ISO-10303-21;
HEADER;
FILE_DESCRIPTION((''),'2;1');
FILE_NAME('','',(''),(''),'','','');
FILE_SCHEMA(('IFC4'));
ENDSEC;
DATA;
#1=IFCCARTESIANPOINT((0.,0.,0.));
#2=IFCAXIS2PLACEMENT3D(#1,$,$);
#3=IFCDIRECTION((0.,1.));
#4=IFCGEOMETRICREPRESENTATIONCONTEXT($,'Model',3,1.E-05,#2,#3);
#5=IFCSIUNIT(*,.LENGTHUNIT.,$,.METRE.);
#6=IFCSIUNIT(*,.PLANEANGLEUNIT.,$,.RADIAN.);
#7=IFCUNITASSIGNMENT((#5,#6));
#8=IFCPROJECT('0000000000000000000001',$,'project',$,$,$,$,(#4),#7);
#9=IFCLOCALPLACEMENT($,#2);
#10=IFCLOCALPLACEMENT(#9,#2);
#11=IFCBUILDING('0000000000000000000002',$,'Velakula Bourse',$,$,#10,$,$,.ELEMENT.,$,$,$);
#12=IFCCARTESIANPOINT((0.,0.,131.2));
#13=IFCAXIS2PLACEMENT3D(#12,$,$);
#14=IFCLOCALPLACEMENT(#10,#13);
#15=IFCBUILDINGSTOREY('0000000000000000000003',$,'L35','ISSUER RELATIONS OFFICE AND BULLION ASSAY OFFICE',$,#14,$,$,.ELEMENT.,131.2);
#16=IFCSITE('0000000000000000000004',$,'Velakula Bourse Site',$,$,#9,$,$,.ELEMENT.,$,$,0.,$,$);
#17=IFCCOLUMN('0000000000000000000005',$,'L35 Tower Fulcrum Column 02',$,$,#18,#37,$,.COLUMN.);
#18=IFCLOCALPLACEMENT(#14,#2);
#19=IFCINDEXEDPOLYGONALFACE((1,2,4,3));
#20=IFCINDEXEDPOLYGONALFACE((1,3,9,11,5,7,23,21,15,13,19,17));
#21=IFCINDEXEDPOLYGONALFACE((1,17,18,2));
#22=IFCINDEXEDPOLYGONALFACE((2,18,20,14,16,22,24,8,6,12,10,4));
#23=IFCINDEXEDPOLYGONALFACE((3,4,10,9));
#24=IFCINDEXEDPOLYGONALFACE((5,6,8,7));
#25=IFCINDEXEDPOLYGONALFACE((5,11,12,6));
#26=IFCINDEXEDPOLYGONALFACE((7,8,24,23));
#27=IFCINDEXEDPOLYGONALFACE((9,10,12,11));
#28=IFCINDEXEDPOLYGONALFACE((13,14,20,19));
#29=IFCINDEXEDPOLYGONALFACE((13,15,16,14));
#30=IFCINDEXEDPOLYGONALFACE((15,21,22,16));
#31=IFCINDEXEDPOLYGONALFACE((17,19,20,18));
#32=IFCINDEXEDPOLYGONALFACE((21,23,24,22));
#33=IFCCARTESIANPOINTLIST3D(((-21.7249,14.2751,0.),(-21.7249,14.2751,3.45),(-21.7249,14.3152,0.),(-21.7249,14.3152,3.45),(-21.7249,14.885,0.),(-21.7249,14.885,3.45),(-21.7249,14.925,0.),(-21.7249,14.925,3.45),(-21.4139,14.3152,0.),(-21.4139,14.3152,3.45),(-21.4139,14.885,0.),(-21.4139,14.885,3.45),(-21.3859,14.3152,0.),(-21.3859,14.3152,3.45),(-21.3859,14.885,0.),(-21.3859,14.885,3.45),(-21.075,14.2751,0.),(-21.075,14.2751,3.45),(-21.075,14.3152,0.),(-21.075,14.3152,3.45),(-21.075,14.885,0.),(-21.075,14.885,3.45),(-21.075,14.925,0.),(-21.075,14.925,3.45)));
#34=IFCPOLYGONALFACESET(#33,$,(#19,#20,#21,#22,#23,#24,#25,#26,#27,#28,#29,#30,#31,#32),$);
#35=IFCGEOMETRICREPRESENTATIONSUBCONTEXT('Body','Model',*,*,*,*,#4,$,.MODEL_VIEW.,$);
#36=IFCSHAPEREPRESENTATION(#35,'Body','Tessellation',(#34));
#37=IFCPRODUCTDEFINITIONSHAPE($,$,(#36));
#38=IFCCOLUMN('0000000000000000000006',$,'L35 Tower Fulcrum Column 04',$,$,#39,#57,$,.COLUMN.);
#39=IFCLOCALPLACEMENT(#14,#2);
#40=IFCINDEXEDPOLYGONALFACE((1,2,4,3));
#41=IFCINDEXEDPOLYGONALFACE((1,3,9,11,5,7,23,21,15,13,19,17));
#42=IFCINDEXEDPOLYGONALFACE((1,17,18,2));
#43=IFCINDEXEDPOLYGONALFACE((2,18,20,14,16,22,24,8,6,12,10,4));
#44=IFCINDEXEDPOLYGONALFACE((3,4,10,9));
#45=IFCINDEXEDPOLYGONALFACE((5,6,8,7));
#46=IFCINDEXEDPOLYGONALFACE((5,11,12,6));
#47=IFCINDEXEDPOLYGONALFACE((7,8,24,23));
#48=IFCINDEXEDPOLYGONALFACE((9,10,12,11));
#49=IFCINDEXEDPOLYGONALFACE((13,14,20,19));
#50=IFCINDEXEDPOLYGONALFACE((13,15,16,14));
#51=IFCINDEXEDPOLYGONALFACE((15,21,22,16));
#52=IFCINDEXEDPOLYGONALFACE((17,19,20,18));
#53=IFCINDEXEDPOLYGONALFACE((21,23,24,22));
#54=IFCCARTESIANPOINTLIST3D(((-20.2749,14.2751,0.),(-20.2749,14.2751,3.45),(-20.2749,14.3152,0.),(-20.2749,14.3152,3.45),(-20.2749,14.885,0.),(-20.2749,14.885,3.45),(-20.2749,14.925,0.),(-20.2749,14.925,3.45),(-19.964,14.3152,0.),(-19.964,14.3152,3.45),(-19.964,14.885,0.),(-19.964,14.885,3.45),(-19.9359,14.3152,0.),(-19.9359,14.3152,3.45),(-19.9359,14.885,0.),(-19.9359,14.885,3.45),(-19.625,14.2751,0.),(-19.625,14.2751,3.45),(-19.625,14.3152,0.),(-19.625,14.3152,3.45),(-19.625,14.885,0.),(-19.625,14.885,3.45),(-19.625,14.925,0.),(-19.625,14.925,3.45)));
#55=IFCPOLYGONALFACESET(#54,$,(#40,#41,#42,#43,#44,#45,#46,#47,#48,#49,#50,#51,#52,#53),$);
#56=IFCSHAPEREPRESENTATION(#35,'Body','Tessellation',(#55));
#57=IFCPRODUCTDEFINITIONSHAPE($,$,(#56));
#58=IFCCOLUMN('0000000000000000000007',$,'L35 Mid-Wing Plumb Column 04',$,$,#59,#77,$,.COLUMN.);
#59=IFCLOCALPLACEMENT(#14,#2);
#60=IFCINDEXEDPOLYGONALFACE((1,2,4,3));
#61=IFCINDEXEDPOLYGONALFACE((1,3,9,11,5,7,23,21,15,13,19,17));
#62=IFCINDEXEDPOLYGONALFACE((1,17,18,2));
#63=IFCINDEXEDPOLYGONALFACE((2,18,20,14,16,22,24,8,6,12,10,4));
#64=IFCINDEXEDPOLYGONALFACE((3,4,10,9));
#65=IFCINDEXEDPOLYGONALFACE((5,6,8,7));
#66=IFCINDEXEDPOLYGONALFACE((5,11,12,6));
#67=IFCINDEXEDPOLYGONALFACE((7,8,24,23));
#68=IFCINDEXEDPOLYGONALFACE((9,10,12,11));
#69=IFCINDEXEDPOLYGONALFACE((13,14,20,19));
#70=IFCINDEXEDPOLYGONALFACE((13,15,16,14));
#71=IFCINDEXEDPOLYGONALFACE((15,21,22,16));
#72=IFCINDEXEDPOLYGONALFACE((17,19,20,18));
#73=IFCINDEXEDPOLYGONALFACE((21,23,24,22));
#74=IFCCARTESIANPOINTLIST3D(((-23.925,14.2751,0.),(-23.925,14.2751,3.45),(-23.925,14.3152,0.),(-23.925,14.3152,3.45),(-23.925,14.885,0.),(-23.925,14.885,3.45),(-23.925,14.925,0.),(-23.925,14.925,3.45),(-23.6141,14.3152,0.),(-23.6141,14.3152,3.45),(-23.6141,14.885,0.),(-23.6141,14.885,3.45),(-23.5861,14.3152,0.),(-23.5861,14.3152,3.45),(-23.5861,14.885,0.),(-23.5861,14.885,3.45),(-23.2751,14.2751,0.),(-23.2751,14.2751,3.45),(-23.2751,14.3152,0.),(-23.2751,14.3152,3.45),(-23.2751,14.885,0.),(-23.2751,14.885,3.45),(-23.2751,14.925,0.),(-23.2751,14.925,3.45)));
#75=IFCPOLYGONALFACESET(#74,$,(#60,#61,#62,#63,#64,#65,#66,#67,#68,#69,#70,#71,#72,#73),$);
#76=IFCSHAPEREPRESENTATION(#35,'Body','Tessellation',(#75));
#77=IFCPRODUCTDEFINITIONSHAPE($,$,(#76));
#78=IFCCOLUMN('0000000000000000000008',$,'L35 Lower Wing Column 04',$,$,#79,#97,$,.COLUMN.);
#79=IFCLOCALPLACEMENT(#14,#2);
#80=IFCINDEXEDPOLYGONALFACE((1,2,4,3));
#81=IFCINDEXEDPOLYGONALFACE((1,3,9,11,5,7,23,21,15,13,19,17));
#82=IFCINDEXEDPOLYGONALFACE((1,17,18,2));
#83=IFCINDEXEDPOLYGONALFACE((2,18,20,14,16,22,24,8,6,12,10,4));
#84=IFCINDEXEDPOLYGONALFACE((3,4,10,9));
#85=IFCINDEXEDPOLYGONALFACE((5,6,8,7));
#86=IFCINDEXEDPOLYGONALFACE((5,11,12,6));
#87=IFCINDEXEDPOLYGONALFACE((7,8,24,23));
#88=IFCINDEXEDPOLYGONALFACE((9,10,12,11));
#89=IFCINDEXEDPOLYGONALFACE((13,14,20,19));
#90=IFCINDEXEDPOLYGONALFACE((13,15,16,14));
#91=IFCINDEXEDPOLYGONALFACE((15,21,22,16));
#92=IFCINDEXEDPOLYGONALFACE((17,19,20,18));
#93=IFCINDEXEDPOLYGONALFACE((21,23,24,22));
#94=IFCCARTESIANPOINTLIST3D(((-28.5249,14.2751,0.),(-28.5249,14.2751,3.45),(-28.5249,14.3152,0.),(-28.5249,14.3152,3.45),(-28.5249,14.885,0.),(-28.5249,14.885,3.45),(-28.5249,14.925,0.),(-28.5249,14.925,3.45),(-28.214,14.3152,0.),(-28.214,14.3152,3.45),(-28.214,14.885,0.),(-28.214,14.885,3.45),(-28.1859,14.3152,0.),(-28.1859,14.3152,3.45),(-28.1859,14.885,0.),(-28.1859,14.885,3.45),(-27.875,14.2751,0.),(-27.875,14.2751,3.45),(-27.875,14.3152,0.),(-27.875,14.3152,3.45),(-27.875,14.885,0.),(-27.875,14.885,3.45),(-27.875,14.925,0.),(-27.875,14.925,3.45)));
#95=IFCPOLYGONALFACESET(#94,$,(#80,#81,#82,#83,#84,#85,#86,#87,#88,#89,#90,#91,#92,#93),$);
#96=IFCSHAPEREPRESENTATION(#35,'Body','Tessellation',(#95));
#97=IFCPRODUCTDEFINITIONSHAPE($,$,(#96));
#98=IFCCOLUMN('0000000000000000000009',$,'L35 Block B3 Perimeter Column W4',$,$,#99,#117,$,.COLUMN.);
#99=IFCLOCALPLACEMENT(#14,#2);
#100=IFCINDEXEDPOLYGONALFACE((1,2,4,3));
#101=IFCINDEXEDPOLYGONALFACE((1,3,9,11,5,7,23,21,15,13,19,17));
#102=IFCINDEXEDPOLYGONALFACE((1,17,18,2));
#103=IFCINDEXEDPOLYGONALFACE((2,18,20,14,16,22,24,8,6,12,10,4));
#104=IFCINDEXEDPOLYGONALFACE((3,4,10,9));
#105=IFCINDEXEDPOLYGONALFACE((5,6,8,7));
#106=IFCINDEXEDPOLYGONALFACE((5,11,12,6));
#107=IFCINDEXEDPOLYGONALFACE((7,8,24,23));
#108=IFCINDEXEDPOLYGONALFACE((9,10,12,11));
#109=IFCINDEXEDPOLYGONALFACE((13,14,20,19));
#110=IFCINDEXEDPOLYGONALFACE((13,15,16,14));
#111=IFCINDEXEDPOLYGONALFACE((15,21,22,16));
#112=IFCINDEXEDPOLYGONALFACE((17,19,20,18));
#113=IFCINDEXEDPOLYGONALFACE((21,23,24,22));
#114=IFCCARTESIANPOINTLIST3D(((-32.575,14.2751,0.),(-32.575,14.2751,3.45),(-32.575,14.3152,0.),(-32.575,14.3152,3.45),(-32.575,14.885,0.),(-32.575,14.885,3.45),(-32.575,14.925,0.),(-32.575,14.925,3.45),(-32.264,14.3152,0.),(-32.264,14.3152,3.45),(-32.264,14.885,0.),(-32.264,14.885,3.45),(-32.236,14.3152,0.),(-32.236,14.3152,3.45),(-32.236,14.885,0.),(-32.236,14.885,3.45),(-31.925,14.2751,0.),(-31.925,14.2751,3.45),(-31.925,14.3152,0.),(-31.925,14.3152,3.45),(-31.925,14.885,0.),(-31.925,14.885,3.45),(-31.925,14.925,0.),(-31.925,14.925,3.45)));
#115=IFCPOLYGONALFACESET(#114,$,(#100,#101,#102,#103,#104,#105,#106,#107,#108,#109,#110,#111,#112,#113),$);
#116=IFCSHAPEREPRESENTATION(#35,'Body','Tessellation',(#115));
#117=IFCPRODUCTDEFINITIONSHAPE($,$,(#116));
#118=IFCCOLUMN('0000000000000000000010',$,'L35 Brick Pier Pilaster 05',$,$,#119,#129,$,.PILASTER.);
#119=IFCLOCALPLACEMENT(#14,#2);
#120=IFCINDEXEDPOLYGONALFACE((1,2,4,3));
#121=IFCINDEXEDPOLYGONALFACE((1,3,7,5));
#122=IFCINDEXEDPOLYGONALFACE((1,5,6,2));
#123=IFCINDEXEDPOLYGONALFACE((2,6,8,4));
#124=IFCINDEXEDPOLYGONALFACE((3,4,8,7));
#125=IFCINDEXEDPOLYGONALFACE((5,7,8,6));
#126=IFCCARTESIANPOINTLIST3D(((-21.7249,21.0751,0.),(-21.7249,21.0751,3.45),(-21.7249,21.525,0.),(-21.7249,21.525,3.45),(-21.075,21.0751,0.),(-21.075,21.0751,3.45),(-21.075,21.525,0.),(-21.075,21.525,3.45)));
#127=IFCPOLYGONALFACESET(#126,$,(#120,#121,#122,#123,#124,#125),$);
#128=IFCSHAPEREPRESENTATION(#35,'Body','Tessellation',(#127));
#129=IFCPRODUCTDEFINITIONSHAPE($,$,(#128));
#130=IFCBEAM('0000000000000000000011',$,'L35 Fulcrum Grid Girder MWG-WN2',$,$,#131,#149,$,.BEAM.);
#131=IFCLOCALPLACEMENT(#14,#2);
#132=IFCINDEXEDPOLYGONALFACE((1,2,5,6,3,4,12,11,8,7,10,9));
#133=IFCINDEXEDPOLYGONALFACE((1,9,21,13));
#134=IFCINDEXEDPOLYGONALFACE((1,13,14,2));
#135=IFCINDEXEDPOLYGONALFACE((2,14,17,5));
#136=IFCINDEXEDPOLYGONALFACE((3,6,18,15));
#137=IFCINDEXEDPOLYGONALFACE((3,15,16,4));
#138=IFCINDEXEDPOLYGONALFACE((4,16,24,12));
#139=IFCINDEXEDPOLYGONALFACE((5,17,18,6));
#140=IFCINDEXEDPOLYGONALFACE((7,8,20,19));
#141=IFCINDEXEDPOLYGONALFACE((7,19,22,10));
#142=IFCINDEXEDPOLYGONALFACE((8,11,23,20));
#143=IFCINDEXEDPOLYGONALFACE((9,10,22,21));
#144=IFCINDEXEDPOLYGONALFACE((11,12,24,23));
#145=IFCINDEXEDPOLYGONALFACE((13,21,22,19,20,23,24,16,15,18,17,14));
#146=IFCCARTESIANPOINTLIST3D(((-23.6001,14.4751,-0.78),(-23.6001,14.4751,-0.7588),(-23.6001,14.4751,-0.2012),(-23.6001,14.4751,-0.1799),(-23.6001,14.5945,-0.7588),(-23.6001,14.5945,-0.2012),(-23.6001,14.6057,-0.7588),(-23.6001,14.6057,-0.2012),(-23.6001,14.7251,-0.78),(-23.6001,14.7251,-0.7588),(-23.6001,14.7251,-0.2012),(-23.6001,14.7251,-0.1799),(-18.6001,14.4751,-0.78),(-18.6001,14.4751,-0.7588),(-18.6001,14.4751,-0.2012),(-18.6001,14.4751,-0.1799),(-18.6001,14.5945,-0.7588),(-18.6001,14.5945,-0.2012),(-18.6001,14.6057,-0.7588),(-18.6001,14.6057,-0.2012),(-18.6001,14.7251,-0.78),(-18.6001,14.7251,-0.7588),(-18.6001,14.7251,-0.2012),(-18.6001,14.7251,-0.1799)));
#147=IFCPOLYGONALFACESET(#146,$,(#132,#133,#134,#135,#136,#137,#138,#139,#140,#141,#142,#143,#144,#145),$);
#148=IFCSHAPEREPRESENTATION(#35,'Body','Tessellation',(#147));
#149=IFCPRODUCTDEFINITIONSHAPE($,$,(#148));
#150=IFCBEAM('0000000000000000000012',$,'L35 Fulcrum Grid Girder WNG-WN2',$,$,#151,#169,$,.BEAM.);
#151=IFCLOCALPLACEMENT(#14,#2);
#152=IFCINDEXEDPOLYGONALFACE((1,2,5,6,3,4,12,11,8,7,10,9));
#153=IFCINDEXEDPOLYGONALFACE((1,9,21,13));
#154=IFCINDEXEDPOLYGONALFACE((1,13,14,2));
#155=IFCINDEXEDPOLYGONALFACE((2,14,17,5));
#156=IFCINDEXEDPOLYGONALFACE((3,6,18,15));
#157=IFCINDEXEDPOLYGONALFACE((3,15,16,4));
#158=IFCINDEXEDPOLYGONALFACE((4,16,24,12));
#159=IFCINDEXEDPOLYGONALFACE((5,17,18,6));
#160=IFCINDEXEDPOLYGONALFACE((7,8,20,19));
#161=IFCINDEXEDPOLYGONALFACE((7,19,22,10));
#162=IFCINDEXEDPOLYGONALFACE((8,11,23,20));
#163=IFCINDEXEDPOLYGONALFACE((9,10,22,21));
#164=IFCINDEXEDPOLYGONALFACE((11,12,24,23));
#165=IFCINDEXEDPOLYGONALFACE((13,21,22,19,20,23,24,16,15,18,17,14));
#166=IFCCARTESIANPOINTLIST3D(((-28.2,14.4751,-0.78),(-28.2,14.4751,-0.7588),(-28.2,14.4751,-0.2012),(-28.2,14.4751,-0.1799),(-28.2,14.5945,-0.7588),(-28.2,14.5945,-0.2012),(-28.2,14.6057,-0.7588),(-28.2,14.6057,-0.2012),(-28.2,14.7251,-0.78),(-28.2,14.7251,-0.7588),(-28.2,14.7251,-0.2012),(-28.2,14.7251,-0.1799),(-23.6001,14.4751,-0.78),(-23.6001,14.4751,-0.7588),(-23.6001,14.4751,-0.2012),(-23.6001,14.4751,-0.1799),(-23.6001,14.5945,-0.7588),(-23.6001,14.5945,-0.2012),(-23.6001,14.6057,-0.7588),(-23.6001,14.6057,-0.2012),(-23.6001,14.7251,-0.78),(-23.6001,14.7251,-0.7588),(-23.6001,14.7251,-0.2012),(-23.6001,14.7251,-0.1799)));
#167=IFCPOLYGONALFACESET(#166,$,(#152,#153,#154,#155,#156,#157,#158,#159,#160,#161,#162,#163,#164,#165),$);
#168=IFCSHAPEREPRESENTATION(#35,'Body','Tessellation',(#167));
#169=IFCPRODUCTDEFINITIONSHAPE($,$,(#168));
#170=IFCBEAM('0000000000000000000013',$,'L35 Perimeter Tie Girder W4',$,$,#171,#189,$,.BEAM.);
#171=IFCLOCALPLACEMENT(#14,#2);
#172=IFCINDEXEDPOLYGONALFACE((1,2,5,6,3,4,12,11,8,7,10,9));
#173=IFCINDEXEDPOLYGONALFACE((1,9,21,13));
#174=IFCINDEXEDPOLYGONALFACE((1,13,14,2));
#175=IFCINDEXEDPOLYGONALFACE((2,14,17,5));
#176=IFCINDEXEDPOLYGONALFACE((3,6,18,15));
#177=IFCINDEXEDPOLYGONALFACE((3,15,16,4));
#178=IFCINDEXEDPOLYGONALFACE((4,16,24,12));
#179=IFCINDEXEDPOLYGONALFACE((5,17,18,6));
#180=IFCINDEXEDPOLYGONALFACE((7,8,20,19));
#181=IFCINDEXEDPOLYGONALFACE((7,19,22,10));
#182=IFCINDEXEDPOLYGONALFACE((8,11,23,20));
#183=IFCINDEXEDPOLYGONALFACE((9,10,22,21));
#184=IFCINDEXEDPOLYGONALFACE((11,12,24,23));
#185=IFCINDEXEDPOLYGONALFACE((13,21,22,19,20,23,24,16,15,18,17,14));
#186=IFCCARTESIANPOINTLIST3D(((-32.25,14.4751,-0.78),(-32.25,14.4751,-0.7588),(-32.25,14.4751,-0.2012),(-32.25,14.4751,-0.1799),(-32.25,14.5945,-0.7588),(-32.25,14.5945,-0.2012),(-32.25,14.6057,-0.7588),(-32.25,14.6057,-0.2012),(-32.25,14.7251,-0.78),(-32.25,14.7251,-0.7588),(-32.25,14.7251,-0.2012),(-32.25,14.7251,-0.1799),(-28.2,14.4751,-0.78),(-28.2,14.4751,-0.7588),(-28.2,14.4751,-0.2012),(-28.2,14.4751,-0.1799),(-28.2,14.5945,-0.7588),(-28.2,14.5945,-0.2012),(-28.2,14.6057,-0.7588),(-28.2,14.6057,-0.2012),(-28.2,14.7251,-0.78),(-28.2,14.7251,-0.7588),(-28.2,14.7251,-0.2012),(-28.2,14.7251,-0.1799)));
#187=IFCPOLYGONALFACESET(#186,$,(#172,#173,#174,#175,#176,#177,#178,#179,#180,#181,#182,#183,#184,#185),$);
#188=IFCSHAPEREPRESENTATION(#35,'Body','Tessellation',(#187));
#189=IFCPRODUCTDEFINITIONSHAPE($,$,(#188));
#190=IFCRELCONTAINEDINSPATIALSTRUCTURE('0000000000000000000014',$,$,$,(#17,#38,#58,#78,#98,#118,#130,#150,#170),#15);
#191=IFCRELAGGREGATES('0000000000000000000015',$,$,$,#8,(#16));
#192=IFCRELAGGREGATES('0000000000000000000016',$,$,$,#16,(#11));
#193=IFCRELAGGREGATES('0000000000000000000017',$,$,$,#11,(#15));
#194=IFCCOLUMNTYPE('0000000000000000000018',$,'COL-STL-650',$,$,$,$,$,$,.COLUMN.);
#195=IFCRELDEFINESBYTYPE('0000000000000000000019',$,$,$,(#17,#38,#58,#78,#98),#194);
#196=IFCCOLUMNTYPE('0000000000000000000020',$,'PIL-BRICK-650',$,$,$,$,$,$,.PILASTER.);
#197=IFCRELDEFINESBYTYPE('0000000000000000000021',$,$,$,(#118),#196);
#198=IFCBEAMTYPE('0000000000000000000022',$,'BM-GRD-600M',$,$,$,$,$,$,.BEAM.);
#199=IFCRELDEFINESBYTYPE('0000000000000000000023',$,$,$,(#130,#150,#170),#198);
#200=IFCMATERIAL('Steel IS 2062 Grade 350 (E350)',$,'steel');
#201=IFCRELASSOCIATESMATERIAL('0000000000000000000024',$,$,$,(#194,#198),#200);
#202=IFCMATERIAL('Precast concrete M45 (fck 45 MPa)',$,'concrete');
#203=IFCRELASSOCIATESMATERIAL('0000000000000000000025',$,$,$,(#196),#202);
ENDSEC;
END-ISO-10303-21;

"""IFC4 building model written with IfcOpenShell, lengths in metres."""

from ifc_helpers import new_model, si_unit, direction, frame, origin, origin_2d, place, context, subcontext, project, spatial, rectangle, i_section, extrude, material, material_profile, profile_set, type_object, element, save


model = new_model("IFC4")

# Units and contexts
model_context = context("Model", 3, precision=1e-05, world=origin(), true_north=direction((0.0, 1.0)))
body_context = subcontext(model_context, "Body", "Model", "MODEL_VIEW")
ifc_project = project(units=[si_unit("LENGTHUNIT", "METRE"), si_unit("PLANEANGLEUNIT", "RADIAN")], contexts=[model_context])

# Site, building, storey
site_placement = place(None, origin())
site = spatial("IfcSite", under=ifc_project, at=site_placement, Name="Velakula Bourse Site", CompositionType="ELEMENT", RefElevation=0.0)
building_placement = place(site_placement, origin())
building = spatial("IfcBuilding", under=site, at=building_placement, Name="Velakula Bourse", CompositionType="ELEMENT")
storey_placement = place(building_placement, frame((0.0, 0.0, 131.2)))
storey = spatial("IfcBuildingStorey", under=building, at=storey_placement, Name="L35", Description="ISSUER RELATIONS OFFICE AND BULLION ASSAY OFFICE", CompositionType="ELEMENT", Elevation=131.2)

# Columns
ifc_material_1 = material(Name="Steel IS 2062 Grade 350 (E350)", Category="steel")
ifc_material_profile_1 = material_profile(ifc_material_1, i_section(OverallWidth=0.6499, OverallDepth=0.6499, WebThickness=0.0281, FlangeThickness=0.04, at=origin_2d()), Name="Steel IS 2062 Grade 350 (E350)")
ifc_profile_set_1 = profile_set([ifc_material_profile_1], Name="Steel IS 2062 Grade 350 (E350)")
column_type_1 = type_object("IfcColumnType", Name="COL-STL-650", PredefinedType="COLUMN", material=ifc_profile_set_1)
for number, where, z_axis, x_axis, name in (
    (1, (-21.3999, 14.6001, 0.0), (0.0, 0.0, 1.0), (1.0, 0.0, 0.0), "L35 Tower Fulcrum Column 02"),
    (2, (-19.95, 14.6001, 0.0), (0.0, 0.0, 1.0), (1.0, 0.0, 0.0), "L35 Tower Fulcrum Column 04"),
    (3, (-23.6001, 14.6001, 0.0), (0.0, 0.0, 1.0), (1.0, 0.0, 0.0), "L35 Mid-Wing Plumb Column 04"),
    (4, (-28.2, 14.6001, 0.0), (0.0, 0.0, 1.0), (1.0, 0.0, 0.0), "L35 Lower Wing Column 04"),
    (5, (-32.25, 14.6001, 0.0), (0.0, 0.0, 1.0), (1.0, 0.0, 0.0), "L35 Block B3 Perimeter Column W4"),
):
    element("IfcColumn", number, at=place(storey_placement, frame(where, z_axis=z_axis, x_axis=x_axis)), inside=storey, type_object=column_type_1, Name=name, PredefinedType="COLUMN", context=body_context, shape_type="SweptSolid", body=[
        extrude(i_section(OverallWidth=0.6499, OverallDepth=0.6499, WebThickness=0.0281, FlangeThickness=0.04, at=origin_2d()), origin(), (0.0, 0.0, 1.0), 3.45),
    ])
ifc_material_2 = material(Name="Precast concrete M45 (fck 45 MPa)", Category="concrete")
ifc_material_profile_2 = material_profile(ifc_material_2, rectangle(XDim=0.6499, YDim=0.45, at=origin_2d()), Name="Precast concrete M45 (fck 45 MPa)")
ifc_profile_set_2 = profile_set([ifc_material_profile_2], Name="Precast concrete M45 (fck 45 MPa)")
column_type_2 = type_object("IfcColumnType", Name="PIL-BRICK-650", PredefinedType="PILASTER", material=ifc_profile_set_2)
column_placement = place(storey_placement, frame((-21.3999, 21.3, 0.0), z_axis=(0.0, 0.0, 1.0), x_axis=(1.0, 0.0, 0.0)))
element("IfcColumn", 6, at=column_placement, inside=storey, type_object=column_type_2, Name="L35 Brick Pier Pilaster 05", PredefinedType="PILASTER", context=body_context, shape_type="SweptSolid", body=[
    extrude(rectangle(XDim=0.6499, YDim=0.45, at=origin_2d()), origin(), (0.0, 0.0, 1.0), 3.45),
])

# Beams
ifc_material_profile_3 = material_profile(ifc_material_1, i_section(OverallWidth=0.25, OverallDepth=0.6001, WebThickness=0.0112, FlangeThickness=0.0212, at=origin_2d()), Name="Steel IS 2062 Grade 350 (E350)")
ifc_profile_set_3 = profile_set([ifc_material_profile_3], Name="Steel IS 2062 Grade 350 (E350)")
beam_type_1 = type_object("IfcBeamType", Name="BM-GRD-600M", PredefinedType="BEAM", material=ifc_profile_set_3)
beam_1_placement = place(storey_placement, frame((-23.6001, 14.6001, -0.48), z_axis=(1.0, 0.0, 0.0), x_axis=(0.0, 1.0, 0.0)))
element("IfcBeam", 7, at=beam_1_placement, inside=storey, type_object=beam_type_1, Name="L35 Fulcrum Grid Girder MWG-WN2", PredefinedType="BEAM", context=body_context, shape_type="SweptSolid", body=[
    extrude(i_section(OverallWidth=0.25, OverallDepth=0.6001, WebThickness=0.0112, FlangeThickness=0.0212, at=origin_2d()), origin(), (0.0, 0.0, 1.0), 5.0),
])
beam_2_placement = place(storey_placement, frame((-28.2, 14.6001, -0.48), z_axis=(1.0, 0.0, 0.0), x_axis=(0.0, 1.0, 0.0)))
element("IfcBeam", 8, at=beam_2_placement, inside=storey, type_object=beam_type_1, Name="L35 Fulcrum Grid Girder WNG-WN2", PredefinedType="BEAM", context=body_context, shape_type="SweptSolid", body=[
    extrude(i_section(OverallWidth=0.25, OverallDepth=0.6001, WebThickness=0.0112, FlangeThickness=0.0212, at=origin_2d()), origin(), (0.0, 0.0, 1.0), 4.5999),
])
beam_3_placement = place(storey_placement, frame((-28.2, 14.6001, -0.48), z_axis=(-1.0, 0.0, 0.0), x_axis=(0.0, -1.0, 0.0)))
element("IfcBeam", 9, at=beam_3_placement, inside=storey, type_object=beam_type_1, Name="L35 Perimeter Tie Girder W4", PredefinedType="BEAM", context=body_context, shape_type="SweptSolid", body=[
    extrude(i_section(OverallWidth=0.25, OverallDepth=0.6001, WebThickness=0.0112, FlangeThickness=0.0212, at=origin_2d()), origin(), (0.0, 0.0, 1.0), 4.05),
])

save(model, "model.ifc")
